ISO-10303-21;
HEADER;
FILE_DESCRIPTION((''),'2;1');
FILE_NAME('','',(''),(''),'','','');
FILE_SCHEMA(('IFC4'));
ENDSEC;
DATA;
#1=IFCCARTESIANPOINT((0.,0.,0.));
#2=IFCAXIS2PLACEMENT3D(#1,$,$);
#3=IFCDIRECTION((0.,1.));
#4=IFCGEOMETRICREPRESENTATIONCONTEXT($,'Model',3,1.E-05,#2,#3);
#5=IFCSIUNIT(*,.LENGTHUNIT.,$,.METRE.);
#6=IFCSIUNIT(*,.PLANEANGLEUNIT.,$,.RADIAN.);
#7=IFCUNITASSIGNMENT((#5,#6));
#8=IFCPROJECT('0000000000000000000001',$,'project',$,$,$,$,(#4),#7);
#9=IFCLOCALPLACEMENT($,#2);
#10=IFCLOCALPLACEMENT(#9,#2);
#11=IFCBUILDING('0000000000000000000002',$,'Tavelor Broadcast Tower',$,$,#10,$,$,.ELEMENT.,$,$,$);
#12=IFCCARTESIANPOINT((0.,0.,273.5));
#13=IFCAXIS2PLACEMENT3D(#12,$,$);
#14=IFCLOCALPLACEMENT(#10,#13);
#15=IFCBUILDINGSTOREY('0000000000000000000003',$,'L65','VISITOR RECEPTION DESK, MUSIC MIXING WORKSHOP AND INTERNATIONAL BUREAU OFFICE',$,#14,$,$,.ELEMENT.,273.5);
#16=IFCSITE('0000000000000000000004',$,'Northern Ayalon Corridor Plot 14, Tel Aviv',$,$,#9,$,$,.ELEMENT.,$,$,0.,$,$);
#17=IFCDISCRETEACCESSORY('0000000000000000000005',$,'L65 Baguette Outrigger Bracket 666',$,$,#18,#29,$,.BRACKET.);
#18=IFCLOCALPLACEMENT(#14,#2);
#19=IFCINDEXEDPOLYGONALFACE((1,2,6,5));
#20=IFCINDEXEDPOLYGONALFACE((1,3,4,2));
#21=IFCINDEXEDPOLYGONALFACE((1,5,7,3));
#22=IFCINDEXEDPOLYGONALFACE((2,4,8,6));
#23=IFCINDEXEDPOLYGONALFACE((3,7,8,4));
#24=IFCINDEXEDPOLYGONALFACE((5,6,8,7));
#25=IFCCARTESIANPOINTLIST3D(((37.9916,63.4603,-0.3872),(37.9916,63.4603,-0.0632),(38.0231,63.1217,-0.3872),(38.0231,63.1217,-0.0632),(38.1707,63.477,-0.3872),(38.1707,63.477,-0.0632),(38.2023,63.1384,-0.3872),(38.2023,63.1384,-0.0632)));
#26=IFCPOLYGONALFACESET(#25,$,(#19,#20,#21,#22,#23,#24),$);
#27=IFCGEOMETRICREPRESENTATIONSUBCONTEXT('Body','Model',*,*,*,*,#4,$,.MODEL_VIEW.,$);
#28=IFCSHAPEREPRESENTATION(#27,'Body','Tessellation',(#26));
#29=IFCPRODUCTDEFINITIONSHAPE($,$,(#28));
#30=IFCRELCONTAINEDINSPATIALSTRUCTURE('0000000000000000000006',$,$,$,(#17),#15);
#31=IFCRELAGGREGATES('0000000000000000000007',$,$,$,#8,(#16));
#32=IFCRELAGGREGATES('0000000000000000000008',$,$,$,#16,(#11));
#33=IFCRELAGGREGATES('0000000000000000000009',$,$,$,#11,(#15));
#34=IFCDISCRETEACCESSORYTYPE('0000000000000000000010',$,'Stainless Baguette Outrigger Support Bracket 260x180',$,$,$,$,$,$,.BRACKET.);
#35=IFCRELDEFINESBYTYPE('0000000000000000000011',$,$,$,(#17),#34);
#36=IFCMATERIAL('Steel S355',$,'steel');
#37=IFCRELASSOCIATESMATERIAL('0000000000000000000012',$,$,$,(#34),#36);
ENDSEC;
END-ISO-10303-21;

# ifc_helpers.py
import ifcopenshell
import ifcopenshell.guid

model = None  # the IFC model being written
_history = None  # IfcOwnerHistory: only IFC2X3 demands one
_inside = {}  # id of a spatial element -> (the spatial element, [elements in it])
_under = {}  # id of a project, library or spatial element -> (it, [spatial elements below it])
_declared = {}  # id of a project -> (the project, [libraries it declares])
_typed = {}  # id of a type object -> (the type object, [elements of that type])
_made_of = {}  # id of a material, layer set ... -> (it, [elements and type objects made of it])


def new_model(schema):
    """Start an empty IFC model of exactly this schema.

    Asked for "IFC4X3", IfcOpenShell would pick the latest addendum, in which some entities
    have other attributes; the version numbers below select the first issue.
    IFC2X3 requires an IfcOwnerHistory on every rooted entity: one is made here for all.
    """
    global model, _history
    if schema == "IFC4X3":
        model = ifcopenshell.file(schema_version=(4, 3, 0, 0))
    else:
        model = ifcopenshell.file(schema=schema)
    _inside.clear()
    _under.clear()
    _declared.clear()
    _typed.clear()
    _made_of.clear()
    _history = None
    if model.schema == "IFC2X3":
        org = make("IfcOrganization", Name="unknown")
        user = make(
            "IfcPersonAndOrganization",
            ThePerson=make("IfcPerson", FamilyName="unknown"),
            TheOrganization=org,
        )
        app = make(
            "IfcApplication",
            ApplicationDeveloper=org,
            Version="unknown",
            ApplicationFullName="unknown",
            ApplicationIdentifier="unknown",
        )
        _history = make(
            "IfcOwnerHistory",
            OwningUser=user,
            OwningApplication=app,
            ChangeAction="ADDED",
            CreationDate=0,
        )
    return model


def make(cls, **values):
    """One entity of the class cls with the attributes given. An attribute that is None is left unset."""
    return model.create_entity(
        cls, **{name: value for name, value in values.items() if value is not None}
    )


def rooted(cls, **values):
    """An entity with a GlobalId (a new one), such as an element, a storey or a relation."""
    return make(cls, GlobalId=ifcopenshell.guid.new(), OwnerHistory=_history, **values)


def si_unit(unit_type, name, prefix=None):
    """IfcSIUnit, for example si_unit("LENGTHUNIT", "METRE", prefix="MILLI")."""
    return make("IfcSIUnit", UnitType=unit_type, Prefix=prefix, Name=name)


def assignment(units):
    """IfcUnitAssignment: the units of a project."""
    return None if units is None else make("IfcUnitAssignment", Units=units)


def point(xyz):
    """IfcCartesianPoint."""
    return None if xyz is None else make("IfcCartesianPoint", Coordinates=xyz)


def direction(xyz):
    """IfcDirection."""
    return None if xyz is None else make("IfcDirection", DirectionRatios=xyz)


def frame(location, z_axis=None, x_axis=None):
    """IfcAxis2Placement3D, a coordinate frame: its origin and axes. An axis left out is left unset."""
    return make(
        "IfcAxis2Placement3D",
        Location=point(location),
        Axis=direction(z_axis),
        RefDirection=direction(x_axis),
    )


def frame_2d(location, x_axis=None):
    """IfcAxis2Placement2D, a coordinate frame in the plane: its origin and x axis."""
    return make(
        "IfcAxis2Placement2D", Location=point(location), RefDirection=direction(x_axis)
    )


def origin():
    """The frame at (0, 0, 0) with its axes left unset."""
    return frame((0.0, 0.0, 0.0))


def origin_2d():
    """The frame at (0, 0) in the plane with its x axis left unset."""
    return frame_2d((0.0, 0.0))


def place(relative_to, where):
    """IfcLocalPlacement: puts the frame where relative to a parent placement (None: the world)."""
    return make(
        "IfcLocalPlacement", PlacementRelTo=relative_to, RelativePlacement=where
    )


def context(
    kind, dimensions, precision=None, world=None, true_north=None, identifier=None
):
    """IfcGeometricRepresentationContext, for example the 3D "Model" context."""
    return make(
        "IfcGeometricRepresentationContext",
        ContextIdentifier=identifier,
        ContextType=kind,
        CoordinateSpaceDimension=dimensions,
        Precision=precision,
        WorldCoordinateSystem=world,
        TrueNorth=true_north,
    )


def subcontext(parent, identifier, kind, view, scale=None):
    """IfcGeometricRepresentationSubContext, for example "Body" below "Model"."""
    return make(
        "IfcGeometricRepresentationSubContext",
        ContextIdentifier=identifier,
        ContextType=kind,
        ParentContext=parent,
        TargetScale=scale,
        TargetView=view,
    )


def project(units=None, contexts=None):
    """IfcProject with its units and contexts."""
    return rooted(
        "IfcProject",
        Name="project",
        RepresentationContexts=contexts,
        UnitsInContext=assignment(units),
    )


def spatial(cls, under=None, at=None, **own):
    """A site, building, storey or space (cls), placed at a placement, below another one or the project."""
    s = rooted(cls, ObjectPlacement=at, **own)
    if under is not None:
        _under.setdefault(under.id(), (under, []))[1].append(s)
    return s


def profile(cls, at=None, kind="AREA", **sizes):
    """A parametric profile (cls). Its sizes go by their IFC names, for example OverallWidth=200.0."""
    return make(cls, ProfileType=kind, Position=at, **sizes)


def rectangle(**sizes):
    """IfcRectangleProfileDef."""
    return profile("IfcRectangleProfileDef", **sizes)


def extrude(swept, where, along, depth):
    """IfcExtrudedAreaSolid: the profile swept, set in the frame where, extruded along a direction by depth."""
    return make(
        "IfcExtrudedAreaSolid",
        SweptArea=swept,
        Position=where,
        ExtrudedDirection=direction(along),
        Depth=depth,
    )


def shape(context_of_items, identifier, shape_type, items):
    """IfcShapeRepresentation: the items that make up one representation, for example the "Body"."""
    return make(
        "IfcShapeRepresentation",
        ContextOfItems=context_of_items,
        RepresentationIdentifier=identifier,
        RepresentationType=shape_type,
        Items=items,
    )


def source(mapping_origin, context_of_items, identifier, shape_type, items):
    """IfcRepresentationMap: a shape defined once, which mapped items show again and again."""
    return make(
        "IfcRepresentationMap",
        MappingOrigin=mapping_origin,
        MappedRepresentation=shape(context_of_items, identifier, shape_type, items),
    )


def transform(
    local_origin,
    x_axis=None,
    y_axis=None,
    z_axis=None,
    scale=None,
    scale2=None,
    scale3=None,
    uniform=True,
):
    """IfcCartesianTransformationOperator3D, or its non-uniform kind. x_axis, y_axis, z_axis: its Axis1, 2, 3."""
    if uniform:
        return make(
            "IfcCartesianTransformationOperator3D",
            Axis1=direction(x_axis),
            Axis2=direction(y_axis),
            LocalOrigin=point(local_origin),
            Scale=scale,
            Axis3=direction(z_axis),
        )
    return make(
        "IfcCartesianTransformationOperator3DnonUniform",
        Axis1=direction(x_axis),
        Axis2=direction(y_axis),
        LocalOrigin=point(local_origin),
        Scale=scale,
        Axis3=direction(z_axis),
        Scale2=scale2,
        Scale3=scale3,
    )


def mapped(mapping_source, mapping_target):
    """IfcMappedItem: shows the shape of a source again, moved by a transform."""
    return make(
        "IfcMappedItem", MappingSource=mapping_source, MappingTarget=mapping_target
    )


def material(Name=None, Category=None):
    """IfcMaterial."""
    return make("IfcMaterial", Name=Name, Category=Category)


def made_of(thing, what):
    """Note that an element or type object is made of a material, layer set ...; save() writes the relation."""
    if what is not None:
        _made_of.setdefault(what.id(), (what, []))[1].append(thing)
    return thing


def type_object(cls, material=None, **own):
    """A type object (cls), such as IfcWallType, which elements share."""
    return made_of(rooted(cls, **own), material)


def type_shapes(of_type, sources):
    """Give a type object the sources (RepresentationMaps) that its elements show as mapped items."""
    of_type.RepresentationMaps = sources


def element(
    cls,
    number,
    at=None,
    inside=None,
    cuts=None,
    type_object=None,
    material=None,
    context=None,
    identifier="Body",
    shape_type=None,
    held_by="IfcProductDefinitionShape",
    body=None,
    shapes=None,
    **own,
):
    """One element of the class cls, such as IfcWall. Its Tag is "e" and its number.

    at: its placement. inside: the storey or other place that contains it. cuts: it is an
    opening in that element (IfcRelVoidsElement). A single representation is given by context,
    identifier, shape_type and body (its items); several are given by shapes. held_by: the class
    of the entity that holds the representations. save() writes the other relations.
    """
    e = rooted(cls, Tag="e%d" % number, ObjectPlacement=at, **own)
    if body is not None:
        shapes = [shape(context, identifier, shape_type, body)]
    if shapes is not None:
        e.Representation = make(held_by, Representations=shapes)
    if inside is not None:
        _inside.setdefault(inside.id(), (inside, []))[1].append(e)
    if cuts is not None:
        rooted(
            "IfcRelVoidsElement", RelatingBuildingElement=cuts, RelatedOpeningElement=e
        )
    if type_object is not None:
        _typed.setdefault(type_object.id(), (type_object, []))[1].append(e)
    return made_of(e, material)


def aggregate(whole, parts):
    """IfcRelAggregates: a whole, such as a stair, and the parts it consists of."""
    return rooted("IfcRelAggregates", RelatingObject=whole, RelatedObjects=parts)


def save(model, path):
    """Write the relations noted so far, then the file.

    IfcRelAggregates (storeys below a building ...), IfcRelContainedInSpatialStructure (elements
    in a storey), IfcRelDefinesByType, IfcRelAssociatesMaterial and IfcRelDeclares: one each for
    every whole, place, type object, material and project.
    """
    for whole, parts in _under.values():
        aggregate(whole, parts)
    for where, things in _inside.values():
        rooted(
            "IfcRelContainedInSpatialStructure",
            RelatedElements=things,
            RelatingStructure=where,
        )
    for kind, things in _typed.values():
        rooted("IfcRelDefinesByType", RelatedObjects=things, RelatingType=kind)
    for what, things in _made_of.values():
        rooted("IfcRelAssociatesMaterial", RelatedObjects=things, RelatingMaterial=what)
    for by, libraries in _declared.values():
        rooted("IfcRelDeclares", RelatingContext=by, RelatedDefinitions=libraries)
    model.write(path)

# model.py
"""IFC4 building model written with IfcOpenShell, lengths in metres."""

from ifc_helpers import new_model, si_unit, direction, frame, origin, origin_2d, place, context, subcontext, project, spatial, rectangle, extrude, source, transform, mapped, material, type_object, type_shapes, element, save


model = new_model("IFC4")

# Units and contexts
model_context = context("Model", 3, precision=1e-05, world=origin(), true_north=direction((0.0, 1.0)))
body_context = subcontext(model_context, "Body", "Model", "MODEL_VIEW")
ifc_project = project(units=[si_unit("LENGTHUNIT", "METRE"), si_unit("PLANEANGLEUNIT", "RADIAN")], contexts=[model_context])

# Site, building, storey
site_placement = place(None, origin())
site = spatial("IfcSite", under=ifc_project, at=site_placement, Name="Northern Ayalon Corridor Plot 14, Tel Aviv", CompositionType="ELEMENT", RefElevation=0.0)
building_placement = place(site_placement, origin())
building = spatial("IfcBuilding", under=site, at=building_placement, Name="Tavelor Broadcast Tower", CompositionType="ELEMENT")
storey_placement = place(building_placement, frame((0.0, 0.0, 273.5)))
storey = spatial("IfcBuildingStorey", under=building, at=storey_placement, Name="L65", Description="VISITOR RECEPTION DESK, MUSIC MIXING WORKSHOP AND INTERNATIONAL BUREAU OFFICE", CompositionType="ELEMENT", Elevation=273.5)

# Shared definitions
ifc_material_1 = material(Name="Steel S355", Category="steel")

# Discrete accessory
discrete_accessory_type = type_object("IfcDiscreteAccessoryType", Name="Stainless Baguette Outrigger Support Bracket 260x180", PredefinedType="BRACKET", material=ifc_material_1)
shared_shape_1 = source(origin(), body_context, "Body", "SweptSolid", [
    extrude(rectangle(XDim=0.1799, YDim=0.3401, at=origin_2d()), origin(), (0.0, 0.0, 1.0), 0.324),
])
type_shapes(discrete_accessory_type, [shared_shape_1])
discrete_accessory_placement = place(storey_placement, frame((38.0969, 63.2993, -0.3872), z_axis=(0.0, 0.0, 1.0), x_axis=(-0.995676, -0.092892, 0.0)))
element("IfcDiscreteAccessory", 1, at=discrete_accessory_placement, inside=storey, type_object=discrete_accessory_type, Name="L65 Baguette Outrigger Bracket 666", PredefinedType="BRACKET", context=body_context, shape_type="MappedRepresentation", body=[
    mapped(shared_shape_1, transform((0.0, 0.0, 0.0), scale=1.0)),
])

save(model, "model.ifc")
